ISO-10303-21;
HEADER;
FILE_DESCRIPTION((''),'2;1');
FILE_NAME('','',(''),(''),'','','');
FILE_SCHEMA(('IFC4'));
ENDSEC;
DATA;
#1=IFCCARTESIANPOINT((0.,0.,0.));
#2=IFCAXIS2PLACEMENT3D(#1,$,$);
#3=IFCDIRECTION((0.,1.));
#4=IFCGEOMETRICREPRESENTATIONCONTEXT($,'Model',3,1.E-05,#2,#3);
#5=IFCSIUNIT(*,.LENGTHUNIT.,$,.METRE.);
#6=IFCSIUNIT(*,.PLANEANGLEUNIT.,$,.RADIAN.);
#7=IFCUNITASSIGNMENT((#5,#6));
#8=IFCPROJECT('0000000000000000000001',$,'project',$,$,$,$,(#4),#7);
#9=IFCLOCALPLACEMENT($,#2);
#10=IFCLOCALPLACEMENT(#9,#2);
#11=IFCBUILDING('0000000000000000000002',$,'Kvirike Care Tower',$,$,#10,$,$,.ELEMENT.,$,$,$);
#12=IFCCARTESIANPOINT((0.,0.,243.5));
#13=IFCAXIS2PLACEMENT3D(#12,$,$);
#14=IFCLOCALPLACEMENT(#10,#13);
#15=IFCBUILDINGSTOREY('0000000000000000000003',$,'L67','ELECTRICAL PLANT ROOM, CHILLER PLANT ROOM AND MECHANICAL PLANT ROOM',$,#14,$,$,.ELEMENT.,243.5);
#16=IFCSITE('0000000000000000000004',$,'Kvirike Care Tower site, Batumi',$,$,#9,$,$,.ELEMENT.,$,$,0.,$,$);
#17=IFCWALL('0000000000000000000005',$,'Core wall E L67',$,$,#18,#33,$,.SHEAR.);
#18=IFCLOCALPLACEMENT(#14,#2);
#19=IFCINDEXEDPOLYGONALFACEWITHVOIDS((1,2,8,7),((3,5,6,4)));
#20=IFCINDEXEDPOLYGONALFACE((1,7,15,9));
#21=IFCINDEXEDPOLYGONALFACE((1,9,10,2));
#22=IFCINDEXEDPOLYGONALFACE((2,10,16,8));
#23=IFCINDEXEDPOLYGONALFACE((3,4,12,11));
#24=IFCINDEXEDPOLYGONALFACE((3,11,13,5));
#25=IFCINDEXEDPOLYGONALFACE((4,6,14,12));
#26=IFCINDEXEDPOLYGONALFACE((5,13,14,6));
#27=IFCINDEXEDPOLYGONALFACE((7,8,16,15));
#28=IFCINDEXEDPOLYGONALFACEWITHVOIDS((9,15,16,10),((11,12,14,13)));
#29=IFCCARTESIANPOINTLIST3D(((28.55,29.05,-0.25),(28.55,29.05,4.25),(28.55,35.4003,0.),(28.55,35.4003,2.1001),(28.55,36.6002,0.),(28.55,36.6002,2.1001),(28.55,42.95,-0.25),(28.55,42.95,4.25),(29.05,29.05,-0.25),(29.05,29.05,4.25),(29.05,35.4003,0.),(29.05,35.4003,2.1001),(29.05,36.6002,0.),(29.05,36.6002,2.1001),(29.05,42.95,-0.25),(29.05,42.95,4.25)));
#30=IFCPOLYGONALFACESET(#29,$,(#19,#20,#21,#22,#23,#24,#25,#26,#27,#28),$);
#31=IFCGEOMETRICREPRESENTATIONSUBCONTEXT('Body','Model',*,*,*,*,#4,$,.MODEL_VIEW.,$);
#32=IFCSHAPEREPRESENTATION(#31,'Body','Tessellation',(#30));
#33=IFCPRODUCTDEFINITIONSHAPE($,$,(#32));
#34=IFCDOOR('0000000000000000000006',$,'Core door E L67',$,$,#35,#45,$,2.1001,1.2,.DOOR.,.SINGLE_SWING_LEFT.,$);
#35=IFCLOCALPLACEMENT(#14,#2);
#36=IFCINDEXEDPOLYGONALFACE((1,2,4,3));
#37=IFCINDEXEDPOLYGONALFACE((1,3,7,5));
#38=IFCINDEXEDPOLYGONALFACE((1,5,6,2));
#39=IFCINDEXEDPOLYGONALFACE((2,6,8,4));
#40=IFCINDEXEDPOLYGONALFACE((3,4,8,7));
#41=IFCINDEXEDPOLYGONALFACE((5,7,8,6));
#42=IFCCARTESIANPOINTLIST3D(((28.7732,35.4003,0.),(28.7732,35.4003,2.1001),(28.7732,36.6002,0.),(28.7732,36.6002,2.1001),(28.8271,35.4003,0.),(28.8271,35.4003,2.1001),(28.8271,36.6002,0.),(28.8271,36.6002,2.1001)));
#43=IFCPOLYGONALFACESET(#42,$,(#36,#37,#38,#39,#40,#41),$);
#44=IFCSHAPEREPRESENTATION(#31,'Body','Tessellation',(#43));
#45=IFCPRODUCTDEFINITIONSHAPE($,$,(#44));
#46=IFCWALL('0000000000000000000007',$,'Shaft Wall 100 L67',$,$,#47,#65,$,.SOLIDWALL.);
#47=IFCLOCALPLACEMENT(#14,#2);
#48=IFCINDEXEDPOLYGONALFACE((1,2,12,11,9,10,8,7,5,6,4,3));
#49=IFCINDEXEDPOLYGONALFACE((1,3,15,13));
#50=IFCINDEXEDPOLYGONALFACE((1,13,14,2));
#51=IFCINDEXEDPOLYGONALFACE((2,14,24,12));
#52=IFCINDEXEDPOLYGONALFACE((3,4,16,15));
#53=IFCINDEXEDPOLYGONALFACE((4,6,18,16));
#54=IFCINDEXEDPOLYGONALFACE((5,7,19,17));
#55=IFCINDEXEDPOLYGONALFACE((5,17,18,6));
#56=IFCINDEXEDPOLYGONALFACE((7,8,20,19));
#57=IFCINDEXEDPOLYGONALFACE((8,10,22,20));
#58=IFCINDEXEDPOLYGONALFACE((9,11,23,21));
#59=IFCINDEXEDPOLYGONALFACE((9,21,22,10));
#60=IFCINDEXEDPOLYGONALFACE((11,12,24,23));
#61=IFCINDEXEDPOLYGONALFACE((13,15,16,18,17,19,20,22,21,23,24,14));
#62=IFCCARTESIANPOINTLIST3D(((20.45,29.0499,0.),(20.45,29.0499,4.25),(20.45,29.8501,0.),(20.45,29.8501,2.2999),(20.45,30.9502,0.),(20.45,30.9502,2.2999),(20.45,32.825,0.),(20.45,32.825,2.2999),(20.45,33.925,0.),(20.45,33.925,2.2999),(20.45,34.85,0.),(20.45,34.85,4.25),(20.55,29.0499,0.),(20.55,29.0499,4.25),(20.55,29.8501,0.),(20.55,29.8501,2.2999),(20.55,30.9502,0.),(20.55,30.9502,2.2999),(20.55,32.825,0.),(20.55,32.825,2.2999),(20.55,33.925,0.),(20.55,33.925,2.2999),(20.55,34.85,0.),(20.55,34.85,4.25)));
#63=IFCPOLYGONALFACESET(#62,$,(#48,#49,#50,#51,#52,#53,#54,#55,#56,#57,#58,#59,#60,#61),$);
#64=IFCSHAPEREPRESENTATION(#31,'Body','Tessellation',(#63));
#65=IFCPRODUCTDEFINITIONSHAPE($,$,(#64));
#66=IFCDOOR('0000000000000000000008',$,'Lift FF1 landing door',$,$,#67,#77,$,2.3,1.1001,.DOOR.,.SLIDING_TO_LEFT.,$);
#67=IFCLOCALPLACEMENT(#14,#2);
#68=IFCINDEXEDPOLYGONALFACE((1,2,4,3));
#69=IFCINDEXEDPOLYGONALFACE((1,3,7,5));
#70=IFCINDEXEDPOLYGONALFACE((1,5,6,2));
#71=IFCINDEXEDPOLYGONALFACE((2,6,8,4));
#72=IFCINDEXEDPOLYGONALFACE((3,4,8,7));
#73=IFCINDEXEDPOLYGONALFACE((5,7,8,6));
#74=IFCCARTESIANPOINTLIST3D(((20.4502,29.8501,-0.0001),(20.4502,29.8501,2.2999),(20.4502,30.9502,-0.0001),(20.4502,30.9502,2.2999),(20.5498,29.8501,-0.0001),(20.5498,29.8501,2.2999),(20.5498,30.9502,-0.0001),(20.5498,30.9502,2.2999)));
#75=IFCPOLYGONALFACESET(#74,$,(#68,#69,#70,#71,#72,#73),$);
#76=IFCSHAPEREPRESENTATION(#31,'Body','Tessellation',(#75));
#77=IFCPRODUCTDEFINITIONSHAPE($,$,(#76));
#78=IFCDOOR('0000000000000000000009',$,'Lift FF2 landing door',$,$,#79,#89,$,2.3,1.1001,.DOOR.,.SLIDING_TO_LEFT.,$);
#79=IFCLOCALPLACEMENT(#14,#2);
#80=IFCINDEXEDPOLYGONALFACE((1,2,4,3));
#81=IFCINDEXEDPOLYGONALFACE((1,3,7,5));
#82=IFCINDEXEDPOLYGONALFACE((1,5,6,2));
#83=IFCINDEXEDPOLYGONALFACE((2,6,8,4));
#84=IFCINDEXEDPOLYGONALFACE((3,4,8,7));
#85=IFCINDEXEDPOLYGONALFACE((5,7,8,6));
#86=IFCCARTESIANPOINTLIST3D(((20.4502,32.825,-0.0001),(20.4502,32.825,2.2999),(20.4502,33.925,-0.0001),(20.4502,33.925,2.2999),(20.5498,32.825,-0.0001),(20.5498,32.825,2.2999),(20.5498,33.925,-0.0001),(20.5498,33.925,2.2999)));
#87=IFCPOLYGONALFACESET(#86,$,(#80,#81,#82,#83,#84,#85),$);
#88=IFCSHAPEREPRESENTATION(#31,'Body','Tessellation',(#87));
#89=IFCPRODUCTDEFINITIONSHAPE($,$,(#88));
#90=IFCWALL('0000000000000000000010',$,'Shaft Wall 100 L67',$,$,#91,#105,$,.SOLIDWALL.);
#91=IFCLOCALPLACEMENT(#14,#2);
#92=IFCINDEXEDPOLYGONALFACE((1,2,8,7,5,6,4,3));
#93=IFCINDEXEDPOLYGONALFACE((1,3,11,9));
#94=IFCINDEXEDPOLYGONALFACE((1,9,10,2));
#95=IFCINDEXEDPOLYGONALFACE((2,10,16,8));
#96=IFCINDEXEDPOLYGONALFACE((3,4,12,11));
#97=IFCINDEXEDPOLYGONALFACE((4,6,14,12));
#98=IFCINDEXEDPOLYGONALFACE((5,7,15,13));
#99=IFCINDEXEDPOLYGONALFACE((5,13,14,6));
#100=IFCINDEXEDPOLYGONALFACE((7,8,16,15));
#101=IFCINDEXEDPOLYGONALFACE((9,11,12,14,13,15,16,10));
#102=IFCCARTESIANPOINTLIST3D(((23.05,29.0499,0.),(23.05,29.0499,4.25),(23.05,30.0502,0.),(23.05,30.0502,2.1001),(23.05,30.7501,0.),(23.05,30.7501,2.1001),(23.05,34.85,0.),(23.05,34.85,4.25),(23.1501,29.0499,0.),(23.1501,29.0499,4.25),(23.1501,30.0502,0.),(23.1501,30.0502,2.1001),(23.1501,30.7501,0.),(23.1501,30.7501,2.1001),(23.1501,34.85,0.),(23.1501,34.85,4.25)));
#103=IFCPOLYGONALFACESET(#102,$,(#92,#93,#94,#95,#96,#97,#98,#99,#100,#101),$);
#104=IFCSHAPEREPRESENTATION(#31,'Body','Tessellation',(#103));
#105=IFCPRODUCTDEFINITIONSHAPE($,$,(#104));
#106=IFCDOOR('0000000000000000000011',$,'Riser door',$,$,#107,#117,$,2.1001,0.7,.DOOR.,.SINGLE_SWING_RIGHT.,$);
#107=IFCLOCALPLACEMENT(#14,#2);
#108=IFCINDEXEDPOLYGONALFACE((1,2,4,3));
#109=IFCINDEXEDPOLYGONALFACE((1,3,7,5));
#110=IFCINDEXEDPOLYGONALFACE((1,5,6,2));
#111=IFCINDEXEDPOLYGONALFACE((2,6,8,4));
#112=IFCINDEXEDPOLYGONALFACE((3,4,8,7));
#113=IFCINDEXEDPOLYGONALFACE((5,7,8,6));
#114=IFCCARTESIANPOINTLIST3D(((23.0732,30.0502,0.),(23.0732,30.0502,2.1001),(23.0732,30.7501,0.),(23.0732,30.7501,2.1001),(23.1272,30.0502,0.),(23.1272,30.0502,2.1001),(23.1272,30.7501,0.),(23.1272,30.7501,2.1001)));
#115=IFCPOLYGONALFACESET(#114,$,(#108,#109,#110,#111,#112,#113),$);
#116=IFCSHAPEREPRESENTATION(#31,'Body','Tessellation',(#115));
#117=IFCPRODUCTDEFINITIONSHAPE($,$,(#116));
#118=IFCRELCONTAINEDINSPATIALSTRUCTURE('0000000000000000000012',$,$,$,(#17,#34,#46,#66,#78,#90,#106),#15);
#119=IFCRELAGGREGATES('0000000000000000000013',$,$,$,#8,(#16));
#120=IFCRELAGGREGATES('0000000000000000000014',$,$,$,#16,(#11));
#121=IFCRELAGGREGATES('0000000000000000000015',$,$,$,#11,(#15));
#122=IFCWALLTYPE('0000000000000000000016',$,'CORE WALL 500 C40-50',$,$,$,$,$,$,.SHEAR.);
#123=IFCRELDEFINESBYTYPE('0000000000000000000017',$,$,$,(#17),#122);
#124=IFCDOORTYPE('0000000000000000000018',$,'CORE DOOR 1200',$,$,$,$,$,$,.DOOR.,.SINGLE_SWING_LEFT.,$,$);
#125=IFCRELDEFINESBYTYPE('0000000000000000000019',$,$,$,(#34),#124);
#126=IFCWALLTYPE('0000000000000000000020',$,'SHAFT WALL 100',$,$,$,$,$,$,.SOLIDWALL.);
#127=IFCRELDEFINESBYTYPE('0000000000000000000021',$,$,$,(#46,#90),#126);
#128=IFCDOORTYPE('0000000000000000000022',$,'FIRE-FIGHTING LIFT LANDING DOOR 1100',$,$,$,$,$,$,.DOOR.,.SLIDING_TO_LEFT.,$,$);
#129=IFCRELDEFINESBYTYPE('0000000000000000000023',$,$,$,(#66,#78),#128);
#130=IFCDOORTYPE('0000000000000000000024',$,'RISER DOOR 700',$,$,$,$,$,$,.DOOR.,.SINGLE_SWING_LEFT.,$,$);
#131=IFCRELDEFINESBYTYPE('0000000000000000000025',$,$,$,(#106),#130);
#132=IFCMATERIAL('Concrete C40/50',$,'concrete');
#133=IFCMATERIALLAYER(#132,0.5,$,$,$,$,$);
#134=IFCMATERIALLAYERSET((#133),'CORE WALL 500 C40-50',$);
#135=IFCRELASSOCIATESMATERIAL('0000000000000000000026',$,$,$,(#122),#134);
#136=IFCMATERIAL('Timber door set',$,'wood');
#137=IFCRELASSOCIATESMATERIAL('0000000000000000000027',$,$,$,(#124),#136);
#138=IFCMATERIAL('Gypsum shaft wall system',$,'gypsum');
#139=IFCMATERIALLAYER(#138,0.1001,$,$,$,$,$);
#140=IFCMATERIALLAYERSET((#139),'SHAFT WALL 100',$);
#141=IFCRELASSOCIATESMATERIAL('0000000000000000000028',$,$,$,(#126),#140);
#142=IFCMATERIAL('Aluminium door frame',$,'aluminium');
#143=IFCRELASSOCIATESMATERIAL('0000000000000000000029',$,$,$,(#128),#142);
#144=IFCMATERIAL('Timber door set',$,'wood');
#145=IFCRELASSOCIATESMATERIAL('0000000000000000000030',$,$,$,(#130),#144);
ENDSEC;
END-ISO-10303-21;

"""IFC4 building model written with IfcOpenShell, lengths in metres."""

from ifc_helpers import new_model, si_unit, direction, frame, frame_2d, origin, place, context, subcontext, project, spatial, rectangle, extrude, material, layer, layer_set, type_object, element, fill, save


model = new_model("IFC4")

# Units and contexts
model_context = context("Model", 3, precision=1e-05, world=origin(), true_north=direction((0.0, 1.0)))
body_context = subcontext(model_context, "Body", "Model", "MODEL_VIEW")
ifc_project = project(units=[si_unit("LENGTHUNIT", "METRE"), si_unit("PLANEANGLEUNIT", "RADIAN")], contexts=[model_context])

# Site, building, storey
site_placement = place(None, origin())
site = spatial("IfcSite", under=ifc_project, at=site_placement, Name="Kvirike Care Tower site, Batumi", CompositionType="ELEMENT", RefElevation=0.0)
building_placement = place(site_placement, origin())
building = spatial("IfcBuilding", under=site, at=building_placement, Name="Kvirike Care Tower", CompositionType="ELEMENT")
storey_placement = place(building_placement, frame((0.0, 0.0, 243.5)))
storey = spatial("IfcBuildingStorey", under=building, at=storey_placement, Name="L67", Description="ELECTRICAL PLANT ROOM, CHILLER PLANT ROOM AND MECHANICAL PLANT ROOM", CompositionType="ELEMENT", Elevation=243.5)

# Wall, opening, door
ifc_material_1 = material(Name="Concrete C40/50", Category="concrete")
ifc_layer_1 = layer(ifc_material_1, 0.5)
ifc_layer_set_1 = layer_set([ifc_layer_1], Name="CORE WALL 500 C40-50")
wall_type_1 = type_object("IfcWallType", Name="CORE WALL 500 C40-50", PredefinedType="SHEAR", material=ifc_layer_set_1)
wall_1_placement = place(storey_placement, frame((28.8, 29.05, -0.25), z_axis=(0.0, 0.0, 1.0), x_axis=(0.0, 1.0, 0.0)))
wall_1 = element("IfcWall", 1, at=wall_1_placement, inside=storey, type_object=wall_type_1, Name="Core wall E L67", PredefinedType="SHEAR", context=body_context, shape_type="SweptSolid", body=[
    extrude(rectangle(XDim=13.8999, YDim=0.5, at=frame_2d((6.95, 0.0))), origin(), (0.0, 0.0, 1.0), 4.5),
])
opening_1_placement = place(wall_1_placement, frame((6.3501, 0.0, 0.25)))
opening_1 = element("IfcOpeningElement", 2, at=opening_1_placement, cuts=wall_1, PredefinedType="OPENING", context=body_context, shape_type="SweptSolid", body=[
    extrude(rectangle(XDim=1.2, YDim=2.1001, at=frame_2d((0.6001, 1.05))), frame((0.0, 0.2605, 0.0), z_axis=(0.0, -1.0, 0.0), x_axis=(1.0, 0.0, 0.0)), (0.0, 0.0, 1.0), 0.521),
])
ifc_material_2 = material(Name="Timber door set", Category="wood")
door_type_1 = type_object("IfcDoorType", Name="CORE DOOR 1200", OperationType="SINGLE_SWING_LEFT", PredefinedType="DOOR", material=ifc_material_2)
door_1_placement = place(opening_1_placement, origin())
door_1 = element("IfcDoor", 3, at=door_1_placement, inside=storey, type_object=door_type_1, Name="Core door E L67", OperationType="SINGLE_SWING_LEFT", OverallHeight=2.1001, OverallWidth=1.2, PredefinedType="DOOR", context=body_context, shape_type="SweptSolid", body=[
    extrude(rectangle(XDim=1.2, YDim=2.1001, at=frame_2d((0.6001, 1.05))), frame((0.0, 0.0269, 0.0), z_axis=(0.0, -1.0, 0.0), x_axis=(1.0, 0.0, 0.0)), (0.0, 0.0, 1.0), 0.054),
])
fill(opening_1, door_1)

# Wall, openings, doors
ifc_material_3 = material(Name="Gypsum shaft wall system", Category="gypsum")
ifc_layer_2 = layer(ifc_material_3, 0.1001)
ifc_layer_set_2 = layer_set([ifc_layer_2], Name="SHAFT WALL 100")
wall_type_2 = type_object("IfcWallType", Name="SHAFT WALL 100", PredefinedType="SOLIDWALL", material=ifc_layer_set_2)
wall_2_placement = place(storey_placement, frame((20.5, 29.05, 0.0), z_axis=(0.0, 0.0, 1.0), x_axis=(0.0, 1.0, 0.0)))
wall_2 = element("IfcWall", 4, at=wall_2_placement, inside=storey, type_object=wall_type_2, Name="Shaft Wall 100 L67", PredefinedType="SOLIDWALL", context=body_context, shape_type="SweptSolid", body=[
    extrude(rectangle(XDim=5.8, YDim=0.1001, at=frame_2d((2.8999, 0.0))), origin(), (0.0, 0.0, 1.0), 4.25),
])
opening_2_placement = place(wall_2_placement, frame((0.8, 0.0, 0.0)))
opening_2 = element("IfcOpeningElement", 5, at=opening_2_placement, cuts=wall_2, PredefinedType="OPENING", context=body_context, shape_type="SweptSolid", body=[
    extrude(rectangle(XDim=1.1001, YDim=2.3, at=frame_2d((0.55, 1.1499))), frame((0.0, 0.0605, 0.0), z_axis=(0.0, -1.0, 0.0), x_axis=(1.0, 0.0, 0.0)), (0.0, 0.0, 1.0), 0.1211),
])
opening_3_placement = place(wall_2_placement, frame((3.7749, 0.0, 0.0)))
opening_3 = element("IfcOpeningElement", 6, at=opening_3_placement, cuts=wall_2, PredefinedType="OPENING", context=body_context, shape_type="SweptSolid", body=[
    extrude(rectangle(XDim=1.1001, YDim=2.3, at=frame_2d((0.55, 1.1499))), frame((0.0, 0.0605, 0.0), z_axis=(0.0, -1.0, 0.0), x_axis=(1.0, 0.0, 0.0)), (0.0, 0.0, 1.0), 0.1211),
])
ifc_material_4 = material(Name="Aluminium door frame", Category="aluminium")
door_type_2 = type_object("IfcDoorType", Name="FIRE-FIGHTING LIFT LANDING DOOR 1100", OperationType="SLIDING_TO_LEFT", PredefinedType="DOOR", material=ifc_material_4)
door_2_placement = place(opening_2_placement, origin())
door_2 = element("IfcDoor", 7, at=door_2_placement, inside=storey, type_object=door_type_2, Name="Lift FF1 landing door", OperationType="SLIDING_TO_LEFT", OverallHeight=2.3, OverallWidth=1.1001, PredefinedType="DOOR", context=body_context, shape_type="SweptSolid", body=[
    extrude(rectangle(XDim=1.1001, YDim=2.3, at=frame_2d((0.55, 1.1499))), frame((0.0, 0.0498, 0.0), z_axis=(0.0, -1.0, 0.0), x_axis=(1.0, 0.0, 0.0)), (0.0, 0.0, 1.0), 0.0996),
])
fill(opening_2, door_2)
door_3_placement = place(opening_3_placement, origin())
door_3 = element("IfcDoor", 8, at=door_3_placement, inside=storey, type_object=door_type_2, Name="Lift FF2 landing door", OperationType="SLIDING_TO_LEFT", OverallHeight=2.3, OverallWidth=1.1001, PredefinedType="DOOR", context=body_context, shape_type="SweptSolid", body=[
    extrude(rectangle(XDim=1.1001, YDim=2.3, at=frame_2d((0.55, 1.1499))), frame((0.0, 0.0498, 0.0), z_axis=(0.0, -1.0, 0.0), x_axis=(1.0, 0.0, 0.0)), (0.0, 0.0, 1.0), 0.0996),
])
fill(opening_3, door_3)

# Wall, opening, door
wall_3_placement = place(storey_placement, frame((23.1001, 29.05, 0.0), z_axis=(0.0, 0.0, 1.0), x_axis=(0.0, 1.0, 0.0)))
wall_3 = element("IfcWall", 9, at=wall_3_placement, inside=storey, type_object=wall_type_2, Name="Shaft Wall 100 L67", PredefinedType="SOLIDWALL", context=body_context, shape_type="SweptSolid", body=[
    extrude(rectangle(XDim=5.8, YDim=0.1001, at=frame_2d((2.8999, 0.0))), origin(), (0.0, 0.0, 1.0), 4.25),
])
opening_4_placement = place(wall_3_placement, frame((1.0, 0.0, 0.0)))
opening_4 = element("IfcOpeningElement", 10, at=opening_4_placement, cuts=wall_3, PredefinedType="OPENING", context=body_context, shape_type="SweptSolid", body=[
    extrude(rectangle(XDim=0.7, YDim=2.1001, at=frame_2d((0.3501, 1.05))), frame((0.0, 0.0605, 0.0), z_axis=(0.0, -1.0, 0.0), x_axis=(1.0, 0.0, 0.0)), (0.0, 0.0, 1.0), 0.1211),
])
ifc_material_5 = material(Name="Timber door set", Category="wood")
door_type_3 = type_object("IfcDoorType", Name="RISER DOOR 700", OperationType="SINGLE_SWING_LEFT", PredefinedType="DOOR", material=ifc_material_5)
door_4_placement = place(opening_4_placement, origin())
door_4 = element("IfcDoor", 11, at=door_4_placement, inside=storey, type_object=door_type_3, Name="Riser door", OperationType="SINGLE_SWING_RIGHT", OverallHeight=2.1001, OverallWidth=0.7, PredefinedType="DOOR", context=body_context, shape_type="SweptSolid", body=[
    extrude(rectangle(XDim=0.7, YDim=2.1001, at=frame_2d((0.3501, 1.05))), frame((0.0, 0.0269, 0.0), z_axis=(0.0, -1.0, 0.0), x_axis=(1.0, 0.0, 0.0)), (0.0, 0.0, 1.0), 0.054),
])
fill(opening_4, door_4)

save(model, "model.ifc")
